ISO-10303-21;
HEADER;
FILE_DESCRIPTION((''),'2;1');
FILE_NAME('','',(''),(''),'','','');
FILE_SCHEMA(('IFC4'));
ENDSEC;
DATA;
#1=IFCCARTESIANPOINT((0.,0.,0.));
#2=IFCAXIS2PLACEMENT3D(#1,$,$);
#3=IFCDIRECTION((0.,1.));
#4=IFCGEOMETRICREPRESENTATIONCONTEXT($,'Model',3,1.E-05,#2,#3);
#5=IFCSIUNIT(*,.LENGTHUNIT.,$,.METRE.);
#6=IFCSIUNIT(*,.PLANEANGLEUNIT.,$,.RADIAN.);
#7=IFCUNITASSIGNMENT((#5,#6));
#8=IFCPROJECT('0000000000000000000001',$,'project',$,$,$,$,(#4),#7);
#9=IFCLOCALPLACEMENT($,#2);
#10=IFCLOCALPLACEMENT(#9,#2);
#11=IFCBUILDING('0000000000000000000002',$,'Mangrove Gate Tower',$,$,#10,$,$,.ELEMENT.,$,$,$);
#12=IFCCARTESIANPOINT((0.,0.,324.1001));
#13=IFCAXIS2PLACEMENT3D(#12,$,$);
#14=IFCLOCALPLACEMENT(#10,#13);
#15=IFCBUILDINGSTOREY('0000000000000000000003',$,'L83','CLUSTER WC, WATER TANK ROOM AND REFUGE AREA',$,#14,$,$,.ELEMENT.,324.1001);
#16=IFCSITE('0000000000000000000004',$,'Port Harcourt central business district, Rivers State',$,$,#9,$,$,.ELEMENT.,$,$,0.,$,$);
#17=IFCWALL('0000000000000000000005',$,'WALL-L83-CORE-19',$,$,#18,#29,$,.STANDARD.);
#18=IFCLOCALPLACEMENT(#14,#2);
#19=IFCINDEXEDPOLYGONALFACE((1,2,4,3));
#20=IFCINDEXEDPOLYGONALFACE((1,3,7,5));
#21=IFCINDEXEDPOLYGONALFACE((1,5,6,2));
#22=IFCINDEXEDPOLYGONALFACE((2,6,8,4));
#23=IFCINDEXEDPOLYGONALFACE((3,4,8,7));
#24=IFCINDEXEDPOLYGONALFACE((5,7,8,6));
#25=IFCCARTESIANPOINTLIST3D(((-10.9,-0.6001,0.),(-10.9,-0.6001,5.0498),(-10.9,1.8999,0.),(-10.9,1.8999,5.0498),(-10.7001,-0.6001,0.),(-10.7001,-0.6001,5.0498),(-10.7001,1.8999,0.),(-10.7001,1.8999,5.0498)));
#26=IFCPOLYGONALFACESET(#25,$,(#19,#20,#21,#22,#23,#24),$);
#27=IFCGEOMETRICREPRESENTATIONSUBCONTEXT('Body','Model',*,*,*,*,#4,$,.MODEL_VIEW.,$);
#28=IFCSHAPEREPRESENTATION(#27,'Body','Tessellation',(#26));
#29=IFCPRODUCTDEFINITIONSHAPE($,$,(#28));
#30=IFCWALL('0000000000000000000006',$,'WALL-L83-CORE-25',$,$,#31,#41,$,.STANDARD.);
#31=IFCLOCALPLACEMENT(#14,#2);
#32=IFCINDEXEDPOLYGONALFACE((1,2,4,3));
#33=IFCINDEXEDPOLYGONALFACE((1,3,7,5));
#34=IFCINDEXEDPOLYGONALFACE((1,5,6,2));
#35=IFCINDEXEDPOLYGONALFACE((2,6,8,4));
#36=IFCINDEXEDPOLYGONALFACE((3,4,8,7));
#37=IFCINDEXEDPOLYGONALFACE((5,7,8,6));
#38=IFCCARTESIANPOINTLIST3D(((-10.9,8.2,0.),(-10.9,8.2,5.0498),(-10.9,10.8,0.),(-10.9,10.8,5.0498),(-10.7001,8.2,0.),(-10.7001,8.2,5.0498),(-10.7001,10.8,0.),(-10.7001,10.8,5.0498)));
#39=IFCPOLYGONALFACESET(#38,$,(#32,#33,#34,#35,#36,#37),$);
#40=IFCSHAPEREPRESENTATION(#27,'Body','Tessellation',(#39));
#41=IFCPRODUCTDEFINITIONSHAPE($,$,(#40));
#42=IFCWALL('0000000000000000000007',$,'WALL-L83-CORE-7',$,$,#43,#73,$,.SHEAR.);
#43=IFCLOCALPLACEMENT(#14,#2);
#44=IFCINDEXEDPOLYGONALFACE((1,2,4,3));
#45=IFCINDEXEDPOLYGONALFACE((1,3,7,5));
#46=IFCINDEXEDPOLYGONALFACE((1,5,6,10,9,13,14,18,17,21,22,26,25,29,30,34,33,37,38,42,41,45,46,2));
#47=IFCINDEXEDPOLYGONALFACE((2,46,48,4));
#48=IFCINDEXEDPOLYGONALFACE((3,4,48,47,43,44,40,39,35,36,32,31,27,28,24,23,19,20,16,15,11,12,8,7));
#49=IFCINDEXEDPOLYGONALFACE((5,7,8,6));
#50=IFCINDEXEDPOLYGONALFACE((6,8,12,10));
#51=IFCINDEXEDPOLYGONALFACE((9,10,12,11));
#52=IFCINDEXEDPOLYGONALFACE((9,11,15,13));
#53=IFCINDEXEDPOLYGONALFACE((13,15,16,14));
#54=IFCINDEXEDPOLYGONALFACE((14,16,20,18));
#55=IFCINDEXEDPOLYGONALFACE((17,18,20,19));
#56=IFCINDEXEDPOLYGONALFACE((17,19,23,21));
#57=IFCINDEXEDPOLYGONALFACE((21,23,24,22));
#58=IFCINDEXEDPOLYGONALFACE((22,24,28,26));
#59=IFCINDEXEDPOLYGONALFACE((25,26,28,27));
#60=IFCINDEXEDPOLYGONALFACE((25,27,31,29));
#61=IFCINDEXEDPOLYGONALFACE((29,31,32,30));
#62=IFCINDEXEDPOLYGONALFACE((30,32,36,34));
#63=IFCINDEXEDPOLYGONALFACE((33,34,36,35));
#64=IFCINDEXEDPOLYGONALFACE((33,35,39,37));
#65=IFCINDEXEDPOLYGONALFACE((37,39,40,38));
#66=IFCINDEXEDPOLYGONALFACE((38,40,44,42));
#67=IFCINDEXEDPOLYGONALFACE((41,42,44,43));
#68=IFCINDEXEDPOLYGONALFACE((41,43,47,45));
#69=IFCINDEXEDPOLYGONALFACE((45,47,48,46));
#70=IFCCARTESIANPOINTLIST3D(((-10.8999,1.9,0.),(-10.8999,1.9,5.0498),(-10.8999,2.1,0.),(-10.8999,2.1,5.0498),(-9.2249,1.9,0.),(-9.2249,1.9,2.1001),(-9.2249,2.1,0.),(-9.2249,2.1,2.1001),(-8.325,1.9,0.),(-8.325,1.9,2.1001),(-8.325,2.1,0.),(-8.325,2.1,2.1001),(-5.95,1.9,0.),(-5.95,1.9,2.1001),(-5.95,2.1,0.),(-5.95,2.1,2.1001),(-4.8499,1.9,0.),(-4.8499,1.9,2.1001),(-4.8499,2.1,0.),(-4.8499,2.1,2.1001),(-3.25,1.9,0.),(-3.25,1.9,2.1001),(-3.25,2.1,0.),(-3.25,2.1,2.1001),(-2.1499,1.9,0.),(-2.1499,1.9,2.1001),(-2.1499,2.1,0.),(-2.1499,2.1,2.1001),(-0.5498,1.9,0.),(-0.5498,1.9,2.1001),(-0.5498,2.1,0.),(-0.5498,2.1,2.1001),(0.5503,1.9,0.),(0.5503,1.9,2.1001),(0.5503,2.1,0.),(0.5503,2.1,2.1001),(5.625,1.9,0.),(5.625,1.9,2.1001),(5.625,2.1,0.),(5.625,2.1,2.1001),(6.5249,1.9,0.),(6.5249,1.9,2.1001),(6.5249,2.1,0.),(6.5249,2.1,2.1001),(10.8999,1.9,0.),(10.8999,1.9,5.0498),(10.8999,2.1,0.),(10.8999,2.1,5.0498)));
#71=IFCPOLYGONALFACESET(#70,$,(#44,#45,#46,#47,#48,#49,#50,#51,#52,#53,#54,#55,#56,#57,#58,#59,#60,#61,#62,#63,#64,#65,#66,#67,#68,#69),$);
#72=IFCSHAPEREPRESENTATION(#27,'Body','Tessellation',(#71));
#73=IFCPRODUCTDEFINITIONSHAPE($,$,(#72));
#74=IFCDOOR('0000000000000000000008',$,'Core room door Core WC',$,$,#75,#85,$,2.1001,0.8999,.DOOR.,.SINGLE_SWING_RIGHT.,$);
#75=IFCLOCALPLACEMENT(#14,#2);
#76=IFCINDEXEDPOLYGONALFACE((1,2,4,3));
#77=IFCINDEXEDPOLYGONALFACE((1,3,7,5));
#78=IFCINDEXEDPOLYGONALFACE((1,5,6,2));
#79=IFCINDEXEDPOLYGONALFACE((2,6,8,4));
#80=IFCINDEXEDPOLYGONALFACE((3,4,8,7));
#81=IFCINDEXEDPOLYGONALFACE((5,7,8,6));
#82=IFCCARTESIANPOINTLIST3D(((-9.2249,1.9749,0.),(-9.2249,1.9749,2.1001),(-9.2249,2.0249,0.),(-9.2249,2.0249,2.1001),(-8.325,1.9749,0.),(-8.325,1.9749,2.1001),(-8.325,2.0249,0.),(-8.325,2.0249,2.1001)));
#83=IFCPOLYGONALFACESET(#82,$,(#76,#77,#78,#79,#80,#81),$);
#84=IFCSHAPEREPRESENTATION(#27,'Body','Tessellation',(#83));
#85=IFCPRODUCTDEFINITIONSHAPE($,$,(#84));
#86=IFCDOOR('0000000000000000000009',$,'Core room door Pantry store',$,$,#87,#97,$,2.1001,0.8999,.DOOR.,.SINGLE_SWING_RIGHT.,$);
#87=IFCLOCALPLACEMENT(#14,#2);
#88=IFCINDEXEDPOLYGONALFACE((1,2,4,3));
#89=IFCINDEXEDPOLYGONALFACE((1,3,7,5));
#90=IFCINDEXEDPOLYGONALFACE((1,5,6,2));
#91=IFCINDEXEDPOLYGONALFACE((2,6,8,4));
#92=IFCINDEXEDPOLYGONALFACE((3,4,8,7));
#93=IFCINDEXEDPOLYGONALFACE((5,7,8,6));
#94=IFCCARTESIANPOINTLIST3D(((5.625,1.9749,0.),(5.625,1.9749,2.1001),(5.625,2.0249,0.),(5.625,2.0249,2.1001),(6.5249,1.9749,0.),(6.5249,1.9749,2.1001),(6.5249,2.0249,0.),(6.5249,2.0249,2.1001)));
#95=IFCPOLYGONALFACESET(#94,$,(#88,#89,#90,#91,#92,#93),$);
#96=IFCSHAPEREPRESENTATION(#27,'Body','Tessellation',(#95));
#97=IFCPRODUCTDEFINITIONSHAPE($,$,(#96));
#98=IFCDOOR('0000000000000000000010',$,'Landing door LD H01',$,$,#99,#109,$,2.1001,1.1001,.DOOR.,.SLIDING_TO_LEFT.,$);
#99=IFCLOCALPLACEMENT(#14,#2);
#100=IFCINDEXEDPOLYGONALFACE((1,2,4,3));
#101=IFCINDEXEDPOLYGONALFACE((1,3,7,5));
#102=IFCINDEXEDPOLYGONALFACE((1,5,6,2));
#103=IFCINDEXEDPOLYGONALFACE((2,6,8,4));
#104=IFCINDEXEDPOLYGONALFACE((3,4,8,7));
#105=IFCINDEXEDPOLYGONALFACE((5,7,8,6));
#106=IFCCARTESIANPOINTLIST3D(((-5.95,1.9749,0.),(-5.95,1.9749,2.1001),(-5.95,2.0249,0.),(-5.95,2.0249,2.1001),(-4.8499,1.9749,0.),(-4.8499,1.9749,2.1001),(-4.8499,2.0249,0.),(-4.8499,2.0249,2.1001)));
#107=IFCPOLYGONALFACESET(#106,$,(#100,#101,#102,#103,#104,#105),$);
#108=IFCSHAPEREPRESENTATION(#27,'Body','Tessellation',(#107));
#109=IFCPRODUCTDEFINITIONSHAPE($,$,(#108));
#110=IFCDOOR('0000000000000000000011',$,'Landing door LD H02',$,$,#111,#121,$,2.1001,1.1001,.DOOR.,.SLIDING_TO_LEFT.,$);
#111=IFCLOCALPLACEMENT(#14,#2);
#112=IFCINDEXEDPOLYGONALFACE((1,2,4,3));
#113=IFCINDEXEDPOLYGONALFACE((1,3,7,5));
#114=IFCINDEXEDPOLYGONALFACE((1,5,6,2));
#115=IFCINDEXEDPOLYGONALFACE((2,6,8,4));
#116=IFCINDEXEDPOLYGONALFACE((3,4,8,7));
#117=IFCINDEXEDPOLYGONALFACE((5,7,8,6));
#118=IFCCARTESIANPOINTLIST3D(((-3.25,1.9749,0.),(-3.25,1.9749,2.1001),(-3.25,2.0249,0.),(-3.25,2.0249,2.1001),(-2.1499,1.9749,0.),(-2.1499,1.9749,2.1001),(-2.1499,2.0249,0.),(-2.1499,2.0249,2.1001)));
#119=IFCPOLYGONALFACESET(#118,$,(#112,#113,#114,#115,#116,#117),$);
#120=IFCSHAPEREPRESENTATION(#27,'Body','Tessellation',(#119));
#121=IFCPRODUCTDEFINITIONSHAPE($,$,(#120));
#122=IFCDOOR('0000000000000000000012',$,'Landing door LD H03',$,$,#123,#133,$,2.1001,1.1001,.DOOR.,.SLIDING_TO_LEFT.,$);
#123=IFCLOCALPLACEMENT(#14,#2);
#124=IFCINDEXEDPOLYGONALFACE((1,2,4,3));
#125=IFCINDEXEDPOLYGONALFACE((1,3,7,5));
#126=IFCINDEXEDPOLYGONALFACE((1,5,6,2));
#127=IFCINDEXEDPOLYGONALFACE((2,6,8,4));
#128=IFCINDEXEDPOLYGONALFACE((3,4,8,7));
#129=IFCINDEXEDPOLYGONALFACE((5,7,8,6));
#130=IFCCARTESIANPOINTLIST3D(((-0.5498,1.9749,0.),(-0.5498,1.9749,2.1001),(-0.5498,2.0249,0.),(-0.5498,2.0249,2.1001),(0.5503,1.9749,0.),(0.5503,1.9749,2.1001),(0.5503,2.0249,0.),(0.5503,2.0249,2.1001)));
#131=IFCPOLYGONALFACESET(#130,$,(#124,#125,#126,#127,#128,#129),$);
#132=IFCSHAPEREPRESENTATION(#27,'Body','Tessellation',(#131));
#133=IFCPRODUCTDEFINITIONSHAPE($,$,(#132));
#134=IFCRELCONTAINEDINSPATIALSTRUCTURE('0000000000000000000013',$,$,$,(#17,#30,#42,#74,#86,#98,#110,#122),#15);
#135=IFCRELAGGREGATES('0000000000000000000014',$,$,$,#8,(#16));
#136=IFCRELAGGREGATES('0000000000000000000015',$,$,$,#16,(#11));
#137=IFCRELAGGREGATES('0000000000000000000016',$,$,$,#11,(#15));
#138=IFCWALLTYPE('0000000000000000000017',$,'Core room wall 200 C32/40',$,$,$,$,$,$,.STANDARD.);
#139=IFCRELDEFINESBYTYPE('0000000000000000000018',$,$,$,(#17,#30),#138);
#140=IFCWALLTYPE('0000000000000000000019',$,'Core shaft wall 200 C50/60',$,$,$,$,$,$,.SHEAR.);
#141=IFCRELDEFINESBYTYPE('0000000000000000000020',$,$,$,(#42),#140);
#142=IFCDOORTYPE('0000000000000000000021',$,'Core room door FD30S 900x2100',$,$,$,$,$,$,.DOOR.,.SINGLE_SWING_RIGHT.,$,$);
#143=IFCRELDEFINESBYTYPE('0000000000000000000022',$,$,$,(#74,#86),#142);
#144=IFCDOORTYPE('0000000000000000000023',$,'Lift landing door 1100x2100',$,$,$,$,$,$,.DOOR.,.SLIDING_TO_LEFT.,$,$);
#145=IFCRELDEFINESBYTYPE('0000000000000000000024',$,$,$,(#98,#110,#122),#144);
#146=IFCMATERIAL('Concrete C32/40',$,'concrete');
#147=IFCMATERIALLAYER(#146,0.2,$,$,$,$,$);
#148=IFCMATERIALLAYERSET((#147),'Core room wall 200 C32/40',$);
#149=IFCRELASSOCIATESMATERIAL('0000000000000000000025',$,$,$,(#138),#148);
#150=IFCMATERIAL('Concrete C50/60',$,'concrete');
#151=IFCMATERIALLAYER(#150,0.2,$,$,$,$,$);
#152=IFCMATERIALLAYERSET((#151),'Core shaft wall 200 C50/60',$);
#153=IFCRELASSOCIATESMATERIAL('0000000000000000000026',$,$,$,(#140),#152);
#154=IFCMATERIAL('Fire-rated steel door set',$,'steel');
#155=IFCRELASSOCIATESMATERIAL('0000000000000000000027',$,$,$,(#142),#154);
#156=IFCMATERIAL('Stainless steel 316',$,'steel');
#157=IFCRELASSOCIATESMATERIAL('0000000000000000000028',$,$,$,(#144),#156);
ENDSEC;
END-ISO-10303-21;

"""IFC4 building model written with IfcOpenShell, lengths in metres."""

from ifc_helpers import new_model, si_unit, direction, frame, frame_2d, origin, place, context, subcontext, project, spatial, rectangle, extrude, material, layer, layer_set, type_object, element, fill, save


model = new_model("IFC4")

# Units and contexts
model_context = context("Model", 3, precision=1e-05, world=origin(), true_north=direction((0.0, 1.0)))
body_context = subcontext(model_context, "Body", "Model", "MODEL_VIEW")
ifc_project = project(units=[si_unit("LENGTHUNIT", "METRE"), si_unit("PLANEANGLEUNIT", "RADIAN")], contexts=[model_context])

# Site, building, storey
site_placement = place(None, origin())
site = spatial("IfcSite", under=ifc_project, at=site_placement, Name="Port Harcourt central business district, Rivers State", CompositionType="ELEMENT", RefElevation=0.0)
building_placement = place(site_placement, origin())
building = spatial("IfcBuilding", under=site, at=building_placement, Name="Mangrove Gate Tower", CompositionType="ELEMENT")
storey_placement = place(building_placement, frame((0.0, 0.0, 324.1001)))
storey = spatial("IfcBuildingStorey", under=building, at=storey_placement, Name="L83", Description="CLUSTER WC, WATER TANK ROOM AND REFUGE AREA", CompositionType="ELEMENT", Elevation=324.1001)

# Walls
ifc_material_1 = material(Name="Concrete C32/40", Category="concrete")
ifc_layer_1 = layer(ifc_material_1, 0.2)
ifc_layer_set_1 = layer_set([ifc_layer_1], Name="Core room wall 200 C32/40")
wall_type_1 = type_object("IfcWallType", Name="Core room wall 200 C32/40", PredefinedType="STANDARD", material=ifc_layer_set_1)
wall_1_placement = place(storey_placement, frame((-10.8, -0.6001, 0.0), z_axis=(0.0, 0.0, 1.0), x_axis=(0.0, 1.0, 0.0)))
element("IfcWall", 1, at=wall_1_placement, inside=storey, type_object=wall_type_1, Name="WALL-L83-CORE-19", PredefinedType="STANDARD", context=body_context, shape_type="SweptSolid", body=[
    extrude(rectangle(XDim=2.5, YDim=0.2, at=frame_2d((1.25, 0.0))), origin(), (0.0, 0.0, 1.0), 5.0498),
])
wall_2_placement = place(storey_placement, frame((-10.8, 8.2, 0.0), z_axis=(0.0, 0.0, 1.0), x_axis=(0.0, 1.0, 0.0)))
element("IfcWall", 2, at=wall_2_placement, inside=storey, type_object=wall_type_1, Name="WALL-L83-CORE-25", PredefinedType="STANDARD", context=body_context, shape_type="SweptSolid", body=[
    extrude(rectangle(XDim=2.6001, YDim=0.2, at=frame_2d((1.3, 0.0))), origin(), (0.0, 0.0, 1.0), 5.0498),
])

# Wall, openings, doors
ifc_material_2 = material(Name="Concrete C50/60", Category="concrete")
ifc_layer_2 = layer(ifc_material_2, 0.2)
ifc_layer_set_2 = layer_set([ifc_layer_2], Name="Core shaft wall 200 C50/60")
wall_type_2 = type_object("IfcWallType", Name="Core shaft wall 200 C50/60", PredefinedType="SHEAR", material=ifc_layer_set_2)
wall_3_placement = place(storey_placement, frame((-10.8999, 2.0, 0.0), z_axis=(0.0, 0.0, 1.0), x_axis=(1.0, 0.0, 0.0)))
wall_3 = element("IfcWall", 3, at=wall_3_placement, inside=storey, type_object=wall_type_2, Name="WALL-L83-CORE-7", PredefinedType="SHEAR", context=body_context, shape_type="SweptSolid", body=[
    extrude(rectangle(XDim=21.7998, YDim=0.2, at=frame_2d((10.8999, 0.0))), origin(), (0.0, 0.0, 1.0), 5.0498),
])
opening_1_placement = place(wall_3_placement, frame((4.95, 0.0, 0.0)))
opening_1 = element("IfcOpeningElement", 4, at=opening_1_placement, cuts=wall_3, PredefinedType="OPENING", context=body_context, shape_type="SweptSolid", body=[
    extrude(rectangle(XDim=1.1001, YDim=2.1001, at=frame_2d((0.55, 1.05))), frame((0.0, 0.1099, 0.0), z_axis=(0.0, -1.0, 0.0), x_axis=(1.0, 0.0, 0.0)), (0.0, 0.0, 1.0), 0.22),
])
opening_2_placement = place(wall_3_placement, frame((7.6499, 0.0, 0.0)))
opening_2 = element("IfcOpeningElement", 5, at=opening_2_placement, cuts=wall_3, PredefinedType="OPENING", context=body_context, shape_type="SweptSolid", body=[
    extrude(rectangle(XDim=1.1001, YDim=2.1001, at=frame_2d((0.55, 1.05))), frame((0.0, 0.1099, 0.0), z_axis=(0.0, -1.0, 0.0), x_axis=(1.0, 0.0, 0.0)), (0.0, 0.0, 1.0), 0.22),
])
opening_3_placement = place(wall_3_placement, frame((10.3501, 0.0, 0.0)))
opening_3 = element("IfcOpeningElement", 6, at=opening_3_placement, cuts=wall_3, PredefinedType="OPENING", context=body_context, shape_type="SweptSolid", body=[
    extrude(rectangle(XDim=1.1001, YDim=2.1001, at=frame_2d((0.55, 1.05))), frame((0.0, 0.1099, 0.0), z_axis=(0.0, -1.0, 0.0), x_axis=(1.0, 0.0, 0.0)), (0.0, 0.0, 1.0), 0.22),
])
opening_4_placement = place(wall_3_placement, frame((1.675, 0.0, 0.0)))
opening_4 = element("IfcOpeningElement", 7, at=opening_4_placement, cuts=wall_3, PredefinedType="OPENING", context=body_context, shape_type="SweptSolid", body=[
    extrude(rectangle(XDim=0.8999, YDim=2.1001, at=frame_2d((0.45, 1.05))), frame((0.0, 0.1099, 0.0), z_axis=(0.0, -1.0, 0.0), x_axis=(1.0, 0.0, 0.0)), (0.0, 0.0, 1.0), 0.22),
])
opening_5_placement = place(wall_3_placement, frame((16.5249, 0.0, 0.0)))
opening_5 = element("IfcOpeningElement", 8, at=opening_5_placement, cuts=wall_3, PredefinedType="OPENING", context=body_context, shape_type="SweptSolid", body=[
    extrude(rectangle(XDim=0.8999, YDim=2.1001, at=frame_2d((0.45, 1.05))), frame((0.0, 0.1099, 0.0), z_axis=(0.0, -1.0, 0.0), x_axis=(1.0, 0.0, 0.0)), (0.0, 0.0, 1.0), 0.22),
])
ifc_material_3 = material(Name="Fire-rated steel door set", Category="steel")
door_type_1 = type_object("IfcDoorType", Name="Core room door FD30S 900x2100", OperationType="SINGLE_SWING_RIGHT", PredefinedType="DOOR", material=ifc_material_3)
door_1_placement = place(opening_4_placement, origin())
door_1 = element("IfcDoor", 9, at=door_1_placement, inside=storey, type_object=door_type_1, Name="Core room door Core WC", OperationType="SINGLE_SWING_RIGHT", OverallHeight=2.1001, OverallWidth=0.8999, PredefinedType="DOOR", context=body_context, shape_type="SweptSolid", body=[
    extrude(rectangle(XDim=0.8999, YDim=2.1001, at=frame_2d((0.45, 1.05))), frame((0.0, 0.0249, 0.0), z_axis=(0.0, -1.0, 0.0), x_axis=(1.0, 0.0, 0.0)), (0.0, 0.0, 1.0), 0.05),
])
fill(opening_4, door_1)
door_2_placement = place(opening_5_placement, origin())
door_2 = element("IfcDoor", 10, at=door_2_placement, inside=storey, type_object=door_type_1, Name="Core room door Pantry store", OperationType="SINGLE_SWING_RIGHT", OverallHeight=2.1001, OverallWidth=0.8999, PredefinedType="DOOR", context=body_context, shape_type="SweptSolid", body=[
    extrude(rectangle(XDim=0.8999, YDim=2.1001, at=frame_2d((0.45, 1.05))), frame((0.0, 0.0249, 0.0), z_axis=(0.0, -1.0, 0.0), x_axis=(1.0, 0.0, 0.0)), (0.0, 0.0, 1.0), 0.05),
])
fill(opening_5, door_2)
ifc_material_4 = material(Name="Stainless steel 316", Category="steel")
door_type_2 = type_object("IfcDoorType", Name="Lift landing door 1100x2100", OperationType="SLIDING_TO_LEFT", PredefinedType="DOOR", material=ifc_material_4)
door_3_placement = place(opening_1_placement, origin())
door_3 = element("IfcDoor", 11, at=door_3_placement, inside=storey, type_object=door_type_2, Name="Landing door LD H01", OperationType="SLIDING_TO_LEFT", OverallHeight=2.1001, OverallWidth=1.1001, PredefinedType="DOOR", context=body_context, shape_type="SweptSolid", body=[
    extrude(rectangle(XDim=1.1001, YDim=2.1001, at=frame_2d((0.55, 1.05))), frame((0.0, 0.0249, 0.0), z_axis=(0.0, -1.0, 0.0), x_axis=(1.0, 0.0, 0.0)), (0.0, 0.0, 1.0), 0.05),
])
fill(opening_1, door_3)
door_4_placement = place(opening_2_placement, origin())
door_4 = element("IfcDoor", 12, at=door_4_placement, inside=storey, type_object=door_type_2, Name="Landing door LD H02", OperationType="SLIDING_TO_LEFT", OverallHeight=2.1001, OverallWidth=1.1001, PredefinedType="DOOR", context=body_context, shape_type="SweptSolid", body=[
    extrude(rectangle(XDim=1.1001, YDim=2.1001, at=frame_2d((0.55, 1.05))), frame((0.0, 0.0249, 0.0), z_axis=(0.0, -1.0, 0.0), x_axis=(1.0, 0.0, 0.0)), (0.0, 0.0, 1.0), 0.05),
])
fill(opening_2, door_4)
door_5_placement = place(opening_3_placement, origin())
door_5 = element("IfcDoor", 13, at=door_5_placement, inside=storey, type_object=door_type_2, Name="Landing door LD H03", OperationType="SLIDING_TO_LEFT", OverallHeight=2.1001, OverallWidth=1.1001, PredefinedType="DOOR", context=body_context, shape_type="SweptSolid", body=[
    extrude(rectangle(XDim=1.1001, YDim=2.1001, at=frame_2d((0.55, 1.05))), frame((0.0, 0.0249, 0.0), z_axis=(0.0, -1.0, 0.0), x_axis=(1.0, 0.0, 0.0)), (0.0, 0.0, 1.0), 0.05),
])
fill(opening_3, door_5)

save(model, "model.ifc")
